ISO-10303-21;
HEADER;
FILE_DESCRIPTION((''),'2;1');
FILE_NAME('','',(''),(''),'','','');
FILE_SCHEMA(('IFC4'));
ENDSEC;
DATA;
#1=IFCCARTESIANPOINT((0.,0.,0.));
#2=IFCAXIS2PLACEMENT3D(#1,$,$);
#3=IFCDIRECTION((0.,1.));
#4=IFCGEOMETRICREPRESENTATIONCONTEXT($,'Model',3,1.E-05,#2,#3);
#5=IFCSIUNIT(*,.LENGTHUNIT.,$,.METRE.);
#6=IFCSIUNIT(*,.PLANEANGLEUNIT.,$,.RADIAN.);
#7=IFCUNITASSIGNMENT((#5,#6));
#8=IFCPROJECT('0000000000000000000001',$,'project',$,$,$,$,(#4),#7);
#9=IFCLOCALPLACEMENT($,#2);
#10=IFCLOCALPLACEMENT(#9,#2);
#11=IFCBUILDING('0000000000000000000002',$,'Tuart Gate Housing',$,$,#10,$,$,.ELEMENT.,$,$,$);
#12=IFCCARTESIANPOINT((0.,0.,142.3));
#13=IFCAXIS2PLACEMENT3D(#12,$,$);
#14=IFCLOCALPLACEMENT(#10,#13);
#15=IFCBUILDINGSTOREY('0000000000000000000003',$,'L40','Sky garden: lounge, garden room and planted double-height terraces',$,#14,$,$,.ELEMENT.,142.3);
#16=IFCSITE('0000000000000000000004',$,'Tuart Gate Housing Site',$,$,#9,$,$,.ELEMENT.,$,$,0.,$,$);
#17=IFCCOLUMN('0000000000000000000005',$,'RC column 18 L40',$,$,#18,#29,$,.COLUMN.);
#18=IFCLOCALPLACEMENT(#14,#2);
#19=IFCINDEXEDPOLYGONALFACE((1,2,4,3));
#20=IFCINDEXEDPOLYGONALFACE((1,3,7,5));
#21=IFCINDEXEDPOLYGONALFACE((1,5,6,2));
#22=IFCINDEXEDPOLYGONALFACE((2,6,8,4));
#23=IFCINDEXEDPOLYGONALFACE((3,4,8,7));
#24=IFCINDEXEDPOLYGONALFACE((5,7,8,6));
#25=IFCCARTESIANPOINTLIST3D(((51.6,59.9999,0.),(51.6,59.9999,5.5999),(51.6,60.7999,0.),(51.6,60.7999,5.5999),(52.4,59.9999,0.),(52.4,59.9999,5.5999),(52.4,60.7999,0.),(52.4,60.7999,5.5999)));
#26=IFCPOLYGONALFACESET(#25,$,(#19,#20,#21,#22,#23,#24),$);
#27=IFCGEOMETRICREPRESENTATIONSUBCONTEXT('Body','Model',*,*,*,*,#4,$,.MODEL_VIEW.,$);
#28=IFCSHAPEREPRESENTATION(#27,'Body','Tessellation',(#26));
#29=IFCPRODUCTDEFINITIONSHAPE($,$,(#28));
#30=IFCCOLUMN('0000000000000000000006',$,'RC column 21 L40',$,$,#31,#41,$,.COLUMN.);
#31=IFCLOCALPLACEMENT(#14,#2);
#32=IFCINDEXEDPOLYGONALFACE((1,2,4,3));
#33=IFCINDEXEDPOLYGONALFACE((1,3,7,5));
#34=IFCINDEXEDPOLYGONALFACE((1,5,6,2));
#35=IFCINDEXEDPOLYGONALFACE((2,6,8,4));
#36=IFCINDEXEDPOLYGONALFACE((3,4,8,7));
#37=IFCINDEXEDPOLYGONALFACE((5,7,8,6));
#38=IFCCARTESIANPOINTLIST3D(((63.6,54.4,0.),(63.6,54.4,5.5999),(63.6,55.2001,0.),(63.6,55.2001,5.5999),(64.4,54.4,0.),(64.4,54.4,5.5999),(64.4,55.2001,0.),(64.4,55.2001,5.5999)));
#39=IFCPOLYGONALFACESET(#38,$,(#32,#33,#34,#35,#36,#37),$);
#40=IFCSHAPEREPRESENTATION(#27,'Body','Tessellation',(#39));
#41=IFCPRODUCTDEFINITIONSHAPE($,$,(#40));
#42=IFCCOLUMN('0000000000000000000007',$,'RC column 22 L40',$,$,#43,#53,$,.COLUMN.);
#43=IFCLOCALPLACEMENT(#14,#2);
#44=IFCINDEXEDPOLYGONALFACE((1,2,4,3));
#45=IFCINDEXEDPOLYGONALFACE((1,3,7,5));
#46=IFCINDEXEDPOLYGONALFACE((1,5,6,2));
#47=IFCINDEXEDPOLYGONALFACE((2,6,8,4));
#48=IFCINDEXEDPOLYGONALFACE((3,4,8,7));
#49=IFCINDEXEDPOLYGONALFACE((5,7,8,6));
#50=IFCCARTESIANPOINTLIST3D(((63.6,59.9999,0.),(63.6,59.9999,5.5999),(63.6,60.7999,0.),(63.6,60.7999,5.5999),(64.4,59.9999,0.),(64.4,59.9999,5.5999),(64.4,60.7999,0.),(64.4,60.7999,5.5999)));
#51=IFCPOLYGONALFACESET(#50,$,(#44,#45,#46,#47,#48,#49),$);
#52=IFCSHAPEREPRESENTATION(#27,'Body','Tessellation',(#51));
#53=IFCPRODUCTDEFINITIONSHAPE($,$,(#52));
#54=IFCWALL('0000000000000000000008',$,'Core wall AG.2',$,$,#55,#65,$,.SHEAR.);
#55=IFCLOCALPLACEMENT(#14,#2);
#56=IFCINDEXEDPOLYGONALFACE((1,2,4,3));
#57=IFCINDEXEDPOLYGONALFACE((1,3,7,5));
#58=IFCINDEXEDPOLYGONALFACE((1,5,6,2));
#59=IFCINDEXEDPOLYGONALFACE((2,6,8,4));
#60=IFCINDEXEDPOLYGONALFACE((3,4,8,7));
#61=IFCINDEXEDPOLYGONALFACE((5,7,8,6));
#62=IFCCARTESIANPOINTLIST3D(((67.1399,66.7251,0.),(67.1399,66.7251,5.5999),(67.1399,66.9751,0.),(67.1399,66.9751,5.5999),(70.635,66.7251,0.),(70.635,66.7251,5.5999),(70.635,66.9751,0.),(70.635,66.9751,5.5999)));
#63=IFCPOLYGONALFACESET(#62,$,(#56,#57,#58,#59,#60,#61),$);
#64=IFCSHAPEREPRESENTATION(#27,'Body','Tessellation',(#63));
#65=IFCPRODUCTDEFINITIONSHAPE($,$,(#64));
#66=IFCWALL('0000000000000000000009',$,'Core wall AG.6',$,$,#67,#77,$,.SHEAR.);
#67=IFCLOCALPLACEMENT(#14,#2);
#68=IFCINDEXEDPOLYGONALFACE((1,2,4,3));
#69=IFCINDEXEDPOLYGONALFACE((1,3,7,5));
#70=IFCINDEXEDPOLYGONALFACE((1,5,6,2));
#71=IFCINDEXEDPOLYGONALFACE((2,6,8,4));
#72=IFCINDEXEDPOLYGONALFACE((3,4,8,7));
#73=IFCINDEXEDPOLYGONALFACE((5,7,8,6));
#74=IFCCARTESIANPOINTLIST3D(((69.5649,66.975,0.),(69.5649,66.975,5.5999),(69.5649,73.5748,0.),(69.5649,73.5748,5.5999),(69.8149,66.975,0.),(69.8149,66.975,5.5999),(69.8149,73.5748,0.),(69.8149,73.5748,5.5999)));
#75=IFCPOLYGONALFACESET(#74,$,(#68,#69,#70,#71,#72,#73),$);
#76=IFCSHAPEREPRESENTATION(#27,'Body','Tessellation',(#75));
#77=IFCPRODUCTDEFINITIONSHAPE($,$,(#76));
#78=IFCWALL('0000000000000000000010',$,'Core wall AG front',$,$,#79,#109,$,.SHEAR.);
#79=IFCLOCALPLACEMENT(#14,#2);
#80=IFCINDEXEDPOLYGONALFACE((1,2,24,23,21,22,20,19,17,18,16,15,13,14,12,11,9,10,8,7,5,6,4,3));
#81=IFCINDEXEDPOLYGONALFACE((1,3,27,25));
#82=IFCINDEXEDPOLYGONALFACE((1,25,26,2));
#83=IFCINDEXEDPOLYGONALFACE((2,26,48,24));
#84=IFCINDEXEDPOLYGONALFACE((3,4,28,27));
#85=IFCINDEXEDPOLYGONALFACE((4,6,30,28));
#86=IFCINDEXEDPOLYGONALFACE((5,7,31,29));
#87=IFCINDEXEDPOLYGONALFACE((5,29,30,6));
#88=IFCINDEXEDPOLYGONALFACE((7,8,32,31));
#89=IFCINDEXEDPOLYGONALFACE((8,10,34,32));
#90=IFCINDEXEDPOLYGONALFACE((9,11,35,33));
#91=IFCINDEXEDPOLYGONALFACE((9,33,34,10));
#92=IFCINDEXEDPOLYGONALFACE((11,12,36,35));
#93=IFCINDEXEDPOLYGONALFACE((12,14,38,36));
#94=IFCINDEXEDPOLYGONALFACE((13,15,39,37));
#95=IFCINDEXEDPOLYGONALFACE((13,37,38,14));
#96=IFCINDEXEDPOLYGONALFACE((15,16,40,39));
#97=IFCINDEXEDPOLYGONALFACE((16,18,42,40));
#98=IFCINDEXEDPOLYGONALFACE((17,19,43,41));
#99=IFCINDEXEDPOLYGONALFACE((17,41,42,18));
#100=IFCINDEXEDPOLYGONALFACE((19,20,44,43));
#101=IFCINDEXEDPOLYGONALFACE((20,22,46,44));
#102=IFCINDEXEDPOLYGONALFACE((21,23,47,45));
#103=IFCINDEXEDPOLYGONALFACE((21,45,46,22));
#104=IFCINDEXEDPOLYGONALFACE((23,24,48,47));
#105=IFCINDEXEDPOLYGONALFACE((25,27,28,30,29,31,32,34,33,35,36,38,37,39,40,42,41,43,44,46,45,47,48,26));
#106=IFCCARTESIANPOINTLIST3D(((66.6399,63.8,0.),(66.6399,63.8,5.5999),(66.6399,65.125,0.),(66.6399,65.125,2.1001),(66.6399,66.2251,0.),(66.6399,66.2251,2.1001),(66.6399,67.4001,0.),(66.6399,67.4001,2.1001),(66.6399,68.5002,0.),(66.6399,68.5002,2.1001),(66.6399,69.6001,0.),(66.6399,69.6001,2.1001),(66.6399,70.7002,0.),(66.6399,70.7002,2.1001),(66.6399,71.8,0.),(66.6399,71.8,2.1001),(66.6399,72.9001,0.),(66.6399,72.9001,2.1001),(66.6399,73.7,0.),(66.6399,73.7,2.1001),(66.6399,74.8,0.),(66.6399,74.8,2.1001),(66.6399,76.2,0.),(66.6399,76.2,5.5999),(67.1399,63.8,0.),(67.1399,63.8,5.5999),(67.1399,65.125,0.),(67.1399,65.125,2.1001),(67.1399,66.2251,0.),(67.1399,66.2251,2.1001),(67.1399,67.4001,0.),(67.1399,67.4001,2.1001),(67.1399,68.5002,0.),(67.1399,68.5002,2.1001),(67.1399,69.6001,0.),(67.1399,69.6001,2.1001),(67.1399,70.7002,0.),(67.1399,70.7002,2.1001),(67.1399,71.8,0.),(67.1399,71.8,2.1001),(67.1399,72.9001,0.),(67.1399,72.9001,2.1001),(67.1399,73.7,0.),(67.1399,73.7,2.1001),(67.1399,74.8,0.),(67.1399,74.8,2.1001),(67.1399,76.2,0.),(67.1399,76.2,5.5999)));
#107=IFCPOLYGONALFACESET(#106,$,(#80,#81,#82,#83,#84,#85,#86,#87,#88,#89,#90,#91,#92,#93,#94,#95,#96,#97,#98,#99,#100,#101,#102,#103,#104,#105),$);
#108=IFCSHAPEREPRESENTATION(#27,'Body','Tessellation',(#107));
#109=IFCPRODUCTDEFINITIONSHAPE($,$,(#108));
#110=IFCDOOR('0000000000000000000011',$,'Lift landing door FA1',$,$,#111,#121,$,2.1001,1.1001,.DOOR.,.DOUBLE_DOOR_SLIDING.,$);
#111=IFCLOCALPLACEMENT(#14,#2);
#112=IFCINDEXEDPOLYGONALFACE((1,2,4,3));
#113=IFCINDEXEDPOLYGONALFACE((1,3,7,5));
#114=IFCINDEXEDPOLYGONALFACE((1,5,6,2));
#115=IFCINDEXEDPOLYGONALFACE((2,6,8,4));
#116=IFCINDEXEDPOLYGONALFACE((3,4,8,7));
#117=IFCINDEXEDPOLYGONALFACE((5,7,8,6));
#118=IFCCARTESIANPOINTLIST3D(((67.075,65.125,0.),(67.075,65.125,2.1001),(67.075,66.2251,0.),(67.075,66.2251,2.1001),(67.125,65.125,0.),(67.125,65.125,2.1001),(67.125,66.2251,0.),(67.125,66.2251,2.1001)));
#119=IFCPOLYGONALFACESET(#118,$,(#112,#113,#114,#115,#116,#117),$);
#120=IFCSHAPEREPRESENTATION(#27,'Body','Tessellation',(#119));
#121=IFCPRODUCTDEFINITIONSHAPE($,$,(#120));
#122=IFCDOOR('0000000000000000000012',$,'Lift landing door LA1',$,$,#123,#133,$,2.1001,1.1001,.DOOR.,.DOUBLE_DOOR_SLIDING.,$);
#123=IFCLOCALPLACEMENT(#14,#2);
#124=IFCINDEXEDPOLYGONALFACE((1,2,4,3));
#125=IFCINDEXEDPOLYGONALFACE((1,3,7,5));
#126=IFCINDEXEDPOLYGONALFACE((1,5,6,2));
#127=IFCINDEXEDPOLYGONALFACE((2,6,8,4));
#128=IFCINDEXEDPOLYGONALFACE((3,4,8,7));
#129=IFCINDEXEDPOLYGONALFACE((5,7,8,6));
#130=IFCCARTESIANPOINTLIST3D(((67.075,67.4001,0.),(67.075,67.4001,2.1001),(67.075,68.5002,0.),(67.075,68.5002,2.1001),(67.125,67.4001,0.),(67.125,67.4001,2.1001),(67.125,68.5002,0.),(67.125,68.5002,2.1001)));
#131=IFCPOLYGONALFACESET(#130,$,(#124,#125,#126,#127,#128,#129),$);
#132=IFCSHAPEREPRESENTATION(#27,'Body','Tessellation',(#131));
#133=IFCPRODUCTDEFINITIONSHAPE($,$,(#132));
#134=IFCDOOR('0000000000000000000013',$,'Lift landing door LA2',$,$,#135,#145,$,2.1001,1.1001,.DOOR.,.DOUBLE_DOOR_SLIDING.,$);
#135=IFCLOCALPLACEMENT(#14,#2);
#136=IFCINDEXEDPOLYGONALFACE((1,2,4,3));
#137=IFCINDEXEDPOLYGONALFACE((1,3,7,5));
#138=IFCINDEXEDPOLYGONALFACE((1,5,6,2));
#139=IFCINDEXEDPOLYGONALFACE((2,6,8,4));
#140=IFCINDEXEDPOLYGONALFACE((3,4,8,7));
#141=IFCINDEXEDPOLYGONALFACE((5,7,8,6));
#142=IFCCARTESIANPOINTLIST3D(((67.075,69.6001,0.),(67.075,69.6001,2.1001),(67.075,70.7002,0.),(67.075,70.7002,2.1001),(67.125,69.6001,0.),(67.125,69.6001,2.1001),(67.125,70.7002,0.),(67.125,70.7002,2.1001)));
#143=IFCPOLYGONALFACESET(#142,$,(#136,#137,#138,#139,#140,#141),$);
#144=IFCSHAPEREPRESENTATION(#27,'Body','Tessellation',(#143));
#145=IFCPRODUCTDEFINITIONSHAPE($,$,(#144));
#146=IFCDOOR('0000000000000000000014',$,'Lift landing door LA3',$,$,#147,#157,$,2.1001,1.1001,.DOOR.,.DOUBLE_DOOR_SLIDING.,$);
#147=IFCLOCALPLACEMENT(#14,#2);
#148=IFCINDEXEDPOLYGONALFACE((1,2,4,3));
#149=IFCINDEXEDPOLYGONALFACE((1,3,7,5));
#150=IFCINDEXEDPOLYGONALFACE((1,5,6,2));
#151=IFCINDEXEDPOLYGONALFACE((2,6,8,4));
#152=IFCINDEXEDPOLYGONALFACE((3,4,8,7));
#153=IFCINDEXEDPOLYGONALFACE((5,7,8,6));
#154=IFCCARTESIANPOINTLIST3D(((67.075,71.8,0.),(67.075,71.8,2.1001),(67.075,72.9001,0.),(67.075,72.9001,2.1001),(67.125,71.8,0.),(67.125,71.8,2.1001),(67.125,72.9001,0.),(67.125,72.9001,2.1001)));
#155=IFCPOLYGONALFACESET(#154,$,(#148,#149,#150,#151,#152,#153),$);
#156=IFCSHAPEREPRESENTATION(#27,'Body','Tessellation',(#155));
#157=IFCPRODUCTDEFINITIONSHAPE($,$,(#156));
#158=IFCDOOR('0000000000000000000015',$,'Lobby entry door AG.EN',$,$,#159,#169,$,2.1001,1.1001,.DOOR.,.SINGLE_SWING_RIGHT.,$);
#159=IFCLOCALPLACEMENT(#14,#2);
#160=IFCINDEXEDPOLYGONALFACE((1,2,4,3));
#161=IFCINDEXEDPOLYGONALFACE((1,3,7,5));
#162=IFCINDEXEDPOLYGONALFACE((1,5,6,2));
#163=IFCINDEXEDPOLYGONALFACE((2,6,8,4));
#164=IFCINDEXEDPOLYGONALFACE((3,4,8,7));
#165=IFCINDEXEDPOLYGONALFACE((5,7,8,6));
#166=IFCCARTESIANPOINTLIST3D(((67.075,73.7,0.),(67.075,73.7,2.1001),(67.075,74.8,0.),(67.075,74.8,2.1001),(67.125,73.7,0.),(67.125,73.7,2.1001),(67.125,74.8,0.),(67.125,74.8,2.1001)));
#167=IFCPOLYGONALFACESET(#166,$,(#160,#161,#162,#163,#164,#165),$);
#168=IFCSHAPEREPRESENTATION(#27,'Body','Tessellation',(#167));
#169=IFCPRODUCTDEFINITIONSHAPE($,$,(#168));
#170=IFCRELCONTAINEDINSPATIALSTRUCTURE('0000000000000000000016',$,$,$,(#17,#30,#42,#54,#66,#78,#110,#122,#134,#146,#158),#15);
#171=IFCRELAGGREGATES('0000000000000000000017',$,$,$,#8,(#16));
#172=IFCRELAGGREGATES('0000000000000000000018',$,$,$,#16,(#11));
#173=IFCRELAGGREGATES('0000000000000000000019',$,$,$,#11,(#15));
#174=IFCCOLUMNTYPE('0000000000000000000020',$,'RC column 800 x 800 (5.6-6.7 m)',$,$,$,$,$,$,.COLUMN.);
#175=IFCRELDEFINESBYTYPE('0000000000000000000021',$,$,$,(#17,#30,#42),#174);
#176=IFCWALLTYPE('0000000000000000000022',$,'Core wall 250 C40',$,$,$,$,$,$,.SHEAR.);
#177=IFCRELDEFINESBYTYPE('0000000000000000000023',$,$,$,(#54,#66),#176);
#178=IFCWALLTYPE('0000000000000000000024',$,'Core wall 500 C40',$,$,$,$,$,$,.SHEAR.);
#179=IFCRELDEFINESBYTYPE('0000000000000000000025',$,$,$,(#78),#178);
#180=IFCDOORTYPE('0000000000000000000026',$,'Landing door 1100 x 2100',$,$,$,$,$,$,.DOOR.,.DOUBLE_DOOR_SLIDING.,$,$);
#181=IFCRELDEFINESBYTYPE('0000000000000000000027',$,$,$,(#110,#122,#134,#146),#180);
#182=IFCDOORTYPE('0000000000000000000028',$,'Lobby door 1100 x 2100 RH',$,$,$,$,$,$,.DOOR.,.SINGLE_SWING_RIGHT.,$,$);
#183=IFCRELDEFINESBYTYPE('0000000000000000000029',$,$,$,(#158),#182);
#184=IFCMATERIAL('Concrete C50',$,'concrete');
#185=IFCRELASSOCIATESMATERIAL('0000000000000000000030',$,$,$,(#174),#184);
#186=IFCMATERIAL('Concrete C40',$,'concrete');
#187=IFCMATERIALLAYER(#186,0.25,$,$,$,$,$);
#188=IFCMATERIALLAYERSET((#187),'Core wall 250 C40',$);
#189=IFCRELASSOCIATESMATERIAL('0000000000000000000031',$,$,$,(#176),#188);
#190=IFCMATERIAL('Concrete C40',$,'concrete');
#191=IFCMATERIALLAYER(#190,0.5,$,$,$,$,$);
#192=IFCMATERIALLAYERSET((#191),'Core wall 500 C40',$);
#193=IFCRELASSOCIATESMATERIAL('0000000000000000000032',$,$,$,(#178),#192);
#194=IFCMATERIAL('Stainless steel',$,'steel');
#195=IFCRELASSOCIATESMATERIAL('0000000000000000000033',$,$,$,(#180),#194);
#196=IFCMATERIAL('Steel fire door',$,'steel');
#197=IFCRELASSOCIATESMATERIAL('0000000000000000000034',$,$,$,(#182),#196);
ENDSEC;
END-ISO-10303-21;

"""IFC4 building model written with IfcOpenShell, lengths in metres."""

from ifc_helpers import new_model, si_unit, direction, frame, frame_2d, origin, origin_2d, place, context, subcontext, project, spatial, rectangle, extrude, material, layer, layer_set, material_profile, profile_set, type_object, element, fill, save


model = new_model("IFC4")

# Units and contexts
model_context = context("Model", 3, precision=1e-05, world=origin(), true_north=direction((0.0, 1.0)))
body_context = subcontext(model_context, "Body", "Model", "MODEL_VIEW")
ifc_project = project(units=[si_unit("LENGTHUNIT", "METRE"), si_unit("PLANEANGLEUNIT", "RADIAN")], contexts=[model_context])

# Site, building, storey
site_placement = place(None, origin())
site = spatial("IfcSite", under=ifc_project, at=site_placement, Name="Tuart Gate Housing Site", CompositionType="ELEMENT", RefElevation=0.0)
building_placement = place(site_placement, origin())
building = spatial("IfcBuilding", under=site, at=building_placement, Name="Tuart Gate Housing", CompositionType="ELEMENT")
storey_placement = place(building_placement, frame((0.0, 0.0, 142.3)))
storey = spatial("IfcBuildingStorey", under=building, at=storey_placement, Name="L40", Description="Sky garden: lounge, garden room and planted double-height terraces", CompositionType="ELEMENT", Elevation=142.3)

# Columns
ifc_material_1 = material(Name="Concrete C50", Category="concrete")
ifc_material_profile = material_profile(ifc_material_1, rectangle(XDim=0.8, YDim=0.8, at=origin_2d()), Name="RC column 800 x 800 (5.6-6.7 m)")
ifc_profile_set = profile_set([ifc_material_profile], Name="Concrete C50")
column_type = type_object("IfcColumnType", Name="RC column 800 x 800 (5.6-6.7 m)", PredefinedType="COLUMN", material=ifc_profile_set)
for number, where, z_axis, x_axis, name in (
    (1, (52.0, 60.3999, 0.0), (0.0, 0.0, 1.0), (1.0, 0.0, 0.0), "RC column 18 L40"),
    (2, (64.0, 54.8, 0.0), (0.0, 0.0, 1.0), (1.0, 0.0, 0.0), "RC column 21 L40"),
    (3, (64.0, 60.3999, 0.0), (0.0, 0.0, 1.0), (1.0, 0.0, 0.0), "RC column 22 L40"),
):
    element("IfcColumn", number, at=place(storey_placement, frame(where, z_axis=z_axis, x_axis=x_axis)), inside=storey, type_object=column_type, Name=name, PredefinedType="COLUMN", context=body_context, shape_type="SweptSolid", body=[
        extrude(rectangle(XDim=0.8, YDim=0.8, at=origin_2d()), origin(), (0.0, 0.0, 1.0), 5.5999),
    ])

# Walls
ifc_material_2 = material(Name="Concrete C40", Category="concrete")
ifc_layer_1 = layer(ifc_material_2, 0.25)
ifc_layer_set_1 = layer_set([ifc_layer_1], Name="Core wall 250 C40")
wall_type_1 = type_object("IfcWallType", Name="Core wall 250 C40", PredefinedType="SHEAR", material=ifc_layer_set_1)
wall_1_placement = place(storey_placement, frame((67.1399, 66.8501, 0.0), z_axis=(0.0, 0.0, 1.0), x_axis=(1.0, 0.0, 0.0)))
element("IfcWall", 4, at=wall_1_placement, inside=storey, type_object=wall_type_1, Name="Core wall AG.2", PredefinedType="SHEAR", context=body_context, shape_type="SweptSolid", body=[
    extrude(rectangle(XDim=3.4951, YDim=0.25, at=frame_2d((1.7476, 0.0))), origin(), (0.0, 0.0, 1.0), 5.5999),
])
wall_2_placement = place(storey_placement, frame((69.6899, 66.9751, 0.0), z_axis=(0.0, 0.0, 1.0), x_axis=(0.0, 1.0, 0.0)))
element("IfcWall", 5, at=wall_2_placement, inside=storey, type_object=wall_type_1, Name="Core wall AG.6", PredefinedType="SHEAR", context=body_context, shape_type="SweptSolid", body=[
    extrude(rectangle(XDim=6.5999, YDim=0.25, at=frame_2d((3.2998, 0.0))), origin(), (0.0, 0.0, 1.0), 5.5999),
])

# Wall, openings, doors
ifc_material_3 = material(Name="Concrete C40", Category="concrete")
ifc_layer_2 = layer(ifc_material_3, 0.5)
ifc_layer_set_2 = layer_set([ifc_layer_2], Name="Core wall 500 C40")
wall_type_2 = type_object("IfcWallType", Name="Core wall 500 C40", PredefinedType="SHEAR", material=ifc_layer_set_2)
wall_3_placement = place(storey_placement, frame((66.8899, 63.8, 0.0), z_axis=(0.0, 0.0, 1.0), x_axis=(0.0, 1.0, 0.0)))
wall_3 = element("IfcWall", 6, at=wall_3_placement, inside=storey, type_object=wall_type_2, Name="Core wall AG front", PredefinedType="SHEAR", context=body_context, shape_type="SweptSolid", body=[
    extrude(rectangle(XDim=12.3999, YDim=0.5, at=frame_2d((6.2, 0.0))), origin(), (0.0, 0.0, 1.0), 5.5999),
])
opening_1_placement = place(wall_3_placement, frame((1.325, 0.0, 0.0)))
opening_1 = element("IfcOpeningElement", 7, at=opening_1_placement, cuts=wall_3, PredefinedType="OPENING", context=body_context, shape_type="SweptSolid", body=[
    extrude(rectangle(XDim=1.1001, YDim=2.1001, at=frame_2d((0.55, 1.05))), frame((0.0, 0.26, 0.0), z_axis=(0.0, -1.0, 0.0), x_axis=(1.0, 0.0, 0.0)), (0.0, 0.0, 1.0), 0.52),
])
opening_2_placement = place(wall_3_placement, frame((3.6001, 0.0, 0.0)))
opening_2 = element("IfcOpeningElement", 8, at=opening_2_placement, cuts=wall_3, PredefinedType="OPENING", context=body_context, shape_type="SweptSolid", body=[
    extrude(rectangle(XDim=1.1001, YDim=2.1001, at=frame_2d((0.55, 1.05))), frame((0.0, 0.26, 0.0), z_axis=(0.0, -1.0, 0.0), x_axis=(1.0, 0.0, 0.0)), (0.0, 0.0, 1.0), 0.52),
])
opening_3_placement = place(wall_3_placement, frame((5.8, 0.0, 0.0)))
opening_3 = element("IfcOpeningElement", 9, at=opening_3_placement, cuts=wall_3, PredefinedType="OPENING", context=body_context, shape_type="SweptSolid", body=[
    extrude(rectangle(XDim=1.1001, YDim=2.1001, at=frame_2d((0.55, 1.05))), frame((0.0, 0.26, 0.0), z_axis=(0.0, -1.0, 0.0), x_axis=(1.0, 0.0, 0.0)), (0.0, 0.0, 1.0), 0.52),
])
opening_4_placement = place(wall_3_placement, frame((8.0, 0.0, 0.0)))
opening_4 = element("IfcOpeningElement", 10, at=opening_4_placement, cuts=wall_3, PredefinedType="OPENING", context=body_context, shape_type="SweptSolid", body=[
    extrude(rectangle(XDim=1.1001, YDim=2.1001, at=frame_2d((0.55, 1.05))), frame((0.0, 0.26, 0.0), z_axis=(0.0, -1.0, 0.0), x_axis=(1.0, 0.0, 0.0)), (0.0, 0.0, 1.0), 0.52),
])
opening_5_placement = place(wall_3_placement, frame((9.8999, 0.0, 0.0)))
opening_5 = element("IfcOpeningElement", 11, at=opening_5_placement, cuts=wall_3, PredefinedType="OPENING", context=body_context, shape_type="SweptSolid", body=[
    extrude(rectangle(XDim=1.1001, YDim=2.1001, at=frame_2d((0.55, 1.05))), frame((0.0, 0.26, 0.0), z_axis=(0.0, -1.0, 0.0), x_axis=(1.0, 0.0, 0.0)), (0.0, 0.0, 1.0), 0.52),
])
ifc_material_4 = material(Name="Stainless steel", Category="steel")
door_type_1 = type_object("IfcDoorType", Name="Landing door 1100 x 2100", OperationType="DOUBLE_DOOR_SLIDING", PredefinedType="DOOR", material=ifc_material_4)
door_1_placement = place(opening_1_placement, origin())
door_1 = element("IfcDoor", 12, at=door_1_placement, inside=storey, type_object=door_type_1, Name="Lift landing door FA1", OperationType="DOUBLE_DOOR_SLIDING", OverallHeight=2.1001, OverallWidth=1.1001, PredefinedType="DOOR", context=body_context, shape_type="SweptSolid", body=[
    extrude(rectangle(XDim=1.1001, YDim=2.1001, at=frame_2d((0.55, 1.05))), frame((0.0, -0.1851, 0.0), z_axis=(0.0, -1.0, 0.0), x_axis=(1.0, 0.0, 0.0)), (0.0, 0.0, 1.0), 0.05),
])
fill(opening_1, door_1)
door_2_placement = place(opening_2_placement, origin())
door_2 = element("IfcDoor", 13, at=door_2_placement, inside=storey, type_object=door_type_1, Name="Lift landing door LA1", OperationType="DOUBLE_DOOR_SLIDING", OverallHeight=2.1001, OverallWidth=1.1001, PredefinedType="DOOR", context=body_context, shape_type="SweptSolid", body=[
    extrude(rectangle(XDim=1.1001, YDim=2.1001, at=frame_2d((0.55, 1.05))), frame((0.0, -0.1851, 0.0), z_axis=(0.0, -1.0, 0.0), x_axis=(1.0, 0.0, 0.0)), (0.0, 0.0, 1.0), 0.05),
])
fill(opening_2, door_2)
door_3_placement = place(opening_3_placement, origin())
door_3 = element("IfcDoor", 14, at=door_3_placement, inside=storey, type_object=door_type_1, Name="Lift landing door LA2", OperationType="DOUBLE_DOOR_SLIDING", OverallHeight=2.1001, OverallWidth=1.1001, PredefinedType="DOOR", context=body_context, shape_type="SweptSolid", body=[
    extrude(rectangle(XDim=1.1001, YDim=2.1001, at=frame_2d((0.55, 1.05))), frame((0.0, -0.1851, 0.0), z_axis=(0.0, -1.0, 0.0), x_axis=(1.0, 0.0, 0.0)), (0.0, 0.0, 1.0), 0.05),
])
fill(opening_3, door_3)
door_4_placement = place(opening_4_placement, origin())
door_4 = element("IfcDoor", 15, at=door_4_placement, inside=storey, type_object=door_type_1, Name="Lift landing door LA3", OperationType="DOUBLE_DOOR_SLIDING", OverallHeight=2.1001, OverallWidth=1.1001, PredefinedType="DOOR", context=body_context, shape_type="SweptSolid", body=[
    extrude(rectangle(XDim=1.1001, YDim=2.1001, at=frame_2d((0.55, 1.05))), frame((0.0, -0.1851, 0.0), z_axis=(0.0, -1.0, 0.0), x_axis=(1.0, 0.0, 0.0)), (0.0, 0.0, 1.0), 0.05),
])
fill(opening_4, door_4)
ifc_material_5 = material(Name="Steel fire door", Category="steel")
door_type_2 = type_object("IfcDoorType", Name="Lobby door 1100 x 2100 RH", OperationType="SINGLE_SWING_RIGHT", PredefinedType="DOOR", material=ifc_material_5)
door_5_placement = place(opening_5_placement, frame((1.1001, 0.0, 0.0), z_axis=(0.0, 0.0, 1.0), x_axis=(-1.0, 0.0, 0.0)))
door_5 = element("IfcDoor", 16, at=door_5_placement, inside=storey, type_object=door_type_2, Name="Lobby entry door AG.EN", OperationType="SINGLE_SWING_RIGHT", OverallHeight=2.1001, OverallWidth=1.1001, PredefinedType="DOOR", context=body_context, shape_type="SweptSolid", body=[
    extrude(rectangle(XDim=1.1001, YDim=2.1001, at=frame_2d((0.55, 1.05))), frame((0.0, 0.2351, 0.0), z_axis=(0.0, -1.0, 0.0), x_axis=(1.0, 0.0, 0.0)), (0.0, 0.0, 1.0), 0.05),
])
fill(opening_5, door_5)

save(model, "model.ifc")
